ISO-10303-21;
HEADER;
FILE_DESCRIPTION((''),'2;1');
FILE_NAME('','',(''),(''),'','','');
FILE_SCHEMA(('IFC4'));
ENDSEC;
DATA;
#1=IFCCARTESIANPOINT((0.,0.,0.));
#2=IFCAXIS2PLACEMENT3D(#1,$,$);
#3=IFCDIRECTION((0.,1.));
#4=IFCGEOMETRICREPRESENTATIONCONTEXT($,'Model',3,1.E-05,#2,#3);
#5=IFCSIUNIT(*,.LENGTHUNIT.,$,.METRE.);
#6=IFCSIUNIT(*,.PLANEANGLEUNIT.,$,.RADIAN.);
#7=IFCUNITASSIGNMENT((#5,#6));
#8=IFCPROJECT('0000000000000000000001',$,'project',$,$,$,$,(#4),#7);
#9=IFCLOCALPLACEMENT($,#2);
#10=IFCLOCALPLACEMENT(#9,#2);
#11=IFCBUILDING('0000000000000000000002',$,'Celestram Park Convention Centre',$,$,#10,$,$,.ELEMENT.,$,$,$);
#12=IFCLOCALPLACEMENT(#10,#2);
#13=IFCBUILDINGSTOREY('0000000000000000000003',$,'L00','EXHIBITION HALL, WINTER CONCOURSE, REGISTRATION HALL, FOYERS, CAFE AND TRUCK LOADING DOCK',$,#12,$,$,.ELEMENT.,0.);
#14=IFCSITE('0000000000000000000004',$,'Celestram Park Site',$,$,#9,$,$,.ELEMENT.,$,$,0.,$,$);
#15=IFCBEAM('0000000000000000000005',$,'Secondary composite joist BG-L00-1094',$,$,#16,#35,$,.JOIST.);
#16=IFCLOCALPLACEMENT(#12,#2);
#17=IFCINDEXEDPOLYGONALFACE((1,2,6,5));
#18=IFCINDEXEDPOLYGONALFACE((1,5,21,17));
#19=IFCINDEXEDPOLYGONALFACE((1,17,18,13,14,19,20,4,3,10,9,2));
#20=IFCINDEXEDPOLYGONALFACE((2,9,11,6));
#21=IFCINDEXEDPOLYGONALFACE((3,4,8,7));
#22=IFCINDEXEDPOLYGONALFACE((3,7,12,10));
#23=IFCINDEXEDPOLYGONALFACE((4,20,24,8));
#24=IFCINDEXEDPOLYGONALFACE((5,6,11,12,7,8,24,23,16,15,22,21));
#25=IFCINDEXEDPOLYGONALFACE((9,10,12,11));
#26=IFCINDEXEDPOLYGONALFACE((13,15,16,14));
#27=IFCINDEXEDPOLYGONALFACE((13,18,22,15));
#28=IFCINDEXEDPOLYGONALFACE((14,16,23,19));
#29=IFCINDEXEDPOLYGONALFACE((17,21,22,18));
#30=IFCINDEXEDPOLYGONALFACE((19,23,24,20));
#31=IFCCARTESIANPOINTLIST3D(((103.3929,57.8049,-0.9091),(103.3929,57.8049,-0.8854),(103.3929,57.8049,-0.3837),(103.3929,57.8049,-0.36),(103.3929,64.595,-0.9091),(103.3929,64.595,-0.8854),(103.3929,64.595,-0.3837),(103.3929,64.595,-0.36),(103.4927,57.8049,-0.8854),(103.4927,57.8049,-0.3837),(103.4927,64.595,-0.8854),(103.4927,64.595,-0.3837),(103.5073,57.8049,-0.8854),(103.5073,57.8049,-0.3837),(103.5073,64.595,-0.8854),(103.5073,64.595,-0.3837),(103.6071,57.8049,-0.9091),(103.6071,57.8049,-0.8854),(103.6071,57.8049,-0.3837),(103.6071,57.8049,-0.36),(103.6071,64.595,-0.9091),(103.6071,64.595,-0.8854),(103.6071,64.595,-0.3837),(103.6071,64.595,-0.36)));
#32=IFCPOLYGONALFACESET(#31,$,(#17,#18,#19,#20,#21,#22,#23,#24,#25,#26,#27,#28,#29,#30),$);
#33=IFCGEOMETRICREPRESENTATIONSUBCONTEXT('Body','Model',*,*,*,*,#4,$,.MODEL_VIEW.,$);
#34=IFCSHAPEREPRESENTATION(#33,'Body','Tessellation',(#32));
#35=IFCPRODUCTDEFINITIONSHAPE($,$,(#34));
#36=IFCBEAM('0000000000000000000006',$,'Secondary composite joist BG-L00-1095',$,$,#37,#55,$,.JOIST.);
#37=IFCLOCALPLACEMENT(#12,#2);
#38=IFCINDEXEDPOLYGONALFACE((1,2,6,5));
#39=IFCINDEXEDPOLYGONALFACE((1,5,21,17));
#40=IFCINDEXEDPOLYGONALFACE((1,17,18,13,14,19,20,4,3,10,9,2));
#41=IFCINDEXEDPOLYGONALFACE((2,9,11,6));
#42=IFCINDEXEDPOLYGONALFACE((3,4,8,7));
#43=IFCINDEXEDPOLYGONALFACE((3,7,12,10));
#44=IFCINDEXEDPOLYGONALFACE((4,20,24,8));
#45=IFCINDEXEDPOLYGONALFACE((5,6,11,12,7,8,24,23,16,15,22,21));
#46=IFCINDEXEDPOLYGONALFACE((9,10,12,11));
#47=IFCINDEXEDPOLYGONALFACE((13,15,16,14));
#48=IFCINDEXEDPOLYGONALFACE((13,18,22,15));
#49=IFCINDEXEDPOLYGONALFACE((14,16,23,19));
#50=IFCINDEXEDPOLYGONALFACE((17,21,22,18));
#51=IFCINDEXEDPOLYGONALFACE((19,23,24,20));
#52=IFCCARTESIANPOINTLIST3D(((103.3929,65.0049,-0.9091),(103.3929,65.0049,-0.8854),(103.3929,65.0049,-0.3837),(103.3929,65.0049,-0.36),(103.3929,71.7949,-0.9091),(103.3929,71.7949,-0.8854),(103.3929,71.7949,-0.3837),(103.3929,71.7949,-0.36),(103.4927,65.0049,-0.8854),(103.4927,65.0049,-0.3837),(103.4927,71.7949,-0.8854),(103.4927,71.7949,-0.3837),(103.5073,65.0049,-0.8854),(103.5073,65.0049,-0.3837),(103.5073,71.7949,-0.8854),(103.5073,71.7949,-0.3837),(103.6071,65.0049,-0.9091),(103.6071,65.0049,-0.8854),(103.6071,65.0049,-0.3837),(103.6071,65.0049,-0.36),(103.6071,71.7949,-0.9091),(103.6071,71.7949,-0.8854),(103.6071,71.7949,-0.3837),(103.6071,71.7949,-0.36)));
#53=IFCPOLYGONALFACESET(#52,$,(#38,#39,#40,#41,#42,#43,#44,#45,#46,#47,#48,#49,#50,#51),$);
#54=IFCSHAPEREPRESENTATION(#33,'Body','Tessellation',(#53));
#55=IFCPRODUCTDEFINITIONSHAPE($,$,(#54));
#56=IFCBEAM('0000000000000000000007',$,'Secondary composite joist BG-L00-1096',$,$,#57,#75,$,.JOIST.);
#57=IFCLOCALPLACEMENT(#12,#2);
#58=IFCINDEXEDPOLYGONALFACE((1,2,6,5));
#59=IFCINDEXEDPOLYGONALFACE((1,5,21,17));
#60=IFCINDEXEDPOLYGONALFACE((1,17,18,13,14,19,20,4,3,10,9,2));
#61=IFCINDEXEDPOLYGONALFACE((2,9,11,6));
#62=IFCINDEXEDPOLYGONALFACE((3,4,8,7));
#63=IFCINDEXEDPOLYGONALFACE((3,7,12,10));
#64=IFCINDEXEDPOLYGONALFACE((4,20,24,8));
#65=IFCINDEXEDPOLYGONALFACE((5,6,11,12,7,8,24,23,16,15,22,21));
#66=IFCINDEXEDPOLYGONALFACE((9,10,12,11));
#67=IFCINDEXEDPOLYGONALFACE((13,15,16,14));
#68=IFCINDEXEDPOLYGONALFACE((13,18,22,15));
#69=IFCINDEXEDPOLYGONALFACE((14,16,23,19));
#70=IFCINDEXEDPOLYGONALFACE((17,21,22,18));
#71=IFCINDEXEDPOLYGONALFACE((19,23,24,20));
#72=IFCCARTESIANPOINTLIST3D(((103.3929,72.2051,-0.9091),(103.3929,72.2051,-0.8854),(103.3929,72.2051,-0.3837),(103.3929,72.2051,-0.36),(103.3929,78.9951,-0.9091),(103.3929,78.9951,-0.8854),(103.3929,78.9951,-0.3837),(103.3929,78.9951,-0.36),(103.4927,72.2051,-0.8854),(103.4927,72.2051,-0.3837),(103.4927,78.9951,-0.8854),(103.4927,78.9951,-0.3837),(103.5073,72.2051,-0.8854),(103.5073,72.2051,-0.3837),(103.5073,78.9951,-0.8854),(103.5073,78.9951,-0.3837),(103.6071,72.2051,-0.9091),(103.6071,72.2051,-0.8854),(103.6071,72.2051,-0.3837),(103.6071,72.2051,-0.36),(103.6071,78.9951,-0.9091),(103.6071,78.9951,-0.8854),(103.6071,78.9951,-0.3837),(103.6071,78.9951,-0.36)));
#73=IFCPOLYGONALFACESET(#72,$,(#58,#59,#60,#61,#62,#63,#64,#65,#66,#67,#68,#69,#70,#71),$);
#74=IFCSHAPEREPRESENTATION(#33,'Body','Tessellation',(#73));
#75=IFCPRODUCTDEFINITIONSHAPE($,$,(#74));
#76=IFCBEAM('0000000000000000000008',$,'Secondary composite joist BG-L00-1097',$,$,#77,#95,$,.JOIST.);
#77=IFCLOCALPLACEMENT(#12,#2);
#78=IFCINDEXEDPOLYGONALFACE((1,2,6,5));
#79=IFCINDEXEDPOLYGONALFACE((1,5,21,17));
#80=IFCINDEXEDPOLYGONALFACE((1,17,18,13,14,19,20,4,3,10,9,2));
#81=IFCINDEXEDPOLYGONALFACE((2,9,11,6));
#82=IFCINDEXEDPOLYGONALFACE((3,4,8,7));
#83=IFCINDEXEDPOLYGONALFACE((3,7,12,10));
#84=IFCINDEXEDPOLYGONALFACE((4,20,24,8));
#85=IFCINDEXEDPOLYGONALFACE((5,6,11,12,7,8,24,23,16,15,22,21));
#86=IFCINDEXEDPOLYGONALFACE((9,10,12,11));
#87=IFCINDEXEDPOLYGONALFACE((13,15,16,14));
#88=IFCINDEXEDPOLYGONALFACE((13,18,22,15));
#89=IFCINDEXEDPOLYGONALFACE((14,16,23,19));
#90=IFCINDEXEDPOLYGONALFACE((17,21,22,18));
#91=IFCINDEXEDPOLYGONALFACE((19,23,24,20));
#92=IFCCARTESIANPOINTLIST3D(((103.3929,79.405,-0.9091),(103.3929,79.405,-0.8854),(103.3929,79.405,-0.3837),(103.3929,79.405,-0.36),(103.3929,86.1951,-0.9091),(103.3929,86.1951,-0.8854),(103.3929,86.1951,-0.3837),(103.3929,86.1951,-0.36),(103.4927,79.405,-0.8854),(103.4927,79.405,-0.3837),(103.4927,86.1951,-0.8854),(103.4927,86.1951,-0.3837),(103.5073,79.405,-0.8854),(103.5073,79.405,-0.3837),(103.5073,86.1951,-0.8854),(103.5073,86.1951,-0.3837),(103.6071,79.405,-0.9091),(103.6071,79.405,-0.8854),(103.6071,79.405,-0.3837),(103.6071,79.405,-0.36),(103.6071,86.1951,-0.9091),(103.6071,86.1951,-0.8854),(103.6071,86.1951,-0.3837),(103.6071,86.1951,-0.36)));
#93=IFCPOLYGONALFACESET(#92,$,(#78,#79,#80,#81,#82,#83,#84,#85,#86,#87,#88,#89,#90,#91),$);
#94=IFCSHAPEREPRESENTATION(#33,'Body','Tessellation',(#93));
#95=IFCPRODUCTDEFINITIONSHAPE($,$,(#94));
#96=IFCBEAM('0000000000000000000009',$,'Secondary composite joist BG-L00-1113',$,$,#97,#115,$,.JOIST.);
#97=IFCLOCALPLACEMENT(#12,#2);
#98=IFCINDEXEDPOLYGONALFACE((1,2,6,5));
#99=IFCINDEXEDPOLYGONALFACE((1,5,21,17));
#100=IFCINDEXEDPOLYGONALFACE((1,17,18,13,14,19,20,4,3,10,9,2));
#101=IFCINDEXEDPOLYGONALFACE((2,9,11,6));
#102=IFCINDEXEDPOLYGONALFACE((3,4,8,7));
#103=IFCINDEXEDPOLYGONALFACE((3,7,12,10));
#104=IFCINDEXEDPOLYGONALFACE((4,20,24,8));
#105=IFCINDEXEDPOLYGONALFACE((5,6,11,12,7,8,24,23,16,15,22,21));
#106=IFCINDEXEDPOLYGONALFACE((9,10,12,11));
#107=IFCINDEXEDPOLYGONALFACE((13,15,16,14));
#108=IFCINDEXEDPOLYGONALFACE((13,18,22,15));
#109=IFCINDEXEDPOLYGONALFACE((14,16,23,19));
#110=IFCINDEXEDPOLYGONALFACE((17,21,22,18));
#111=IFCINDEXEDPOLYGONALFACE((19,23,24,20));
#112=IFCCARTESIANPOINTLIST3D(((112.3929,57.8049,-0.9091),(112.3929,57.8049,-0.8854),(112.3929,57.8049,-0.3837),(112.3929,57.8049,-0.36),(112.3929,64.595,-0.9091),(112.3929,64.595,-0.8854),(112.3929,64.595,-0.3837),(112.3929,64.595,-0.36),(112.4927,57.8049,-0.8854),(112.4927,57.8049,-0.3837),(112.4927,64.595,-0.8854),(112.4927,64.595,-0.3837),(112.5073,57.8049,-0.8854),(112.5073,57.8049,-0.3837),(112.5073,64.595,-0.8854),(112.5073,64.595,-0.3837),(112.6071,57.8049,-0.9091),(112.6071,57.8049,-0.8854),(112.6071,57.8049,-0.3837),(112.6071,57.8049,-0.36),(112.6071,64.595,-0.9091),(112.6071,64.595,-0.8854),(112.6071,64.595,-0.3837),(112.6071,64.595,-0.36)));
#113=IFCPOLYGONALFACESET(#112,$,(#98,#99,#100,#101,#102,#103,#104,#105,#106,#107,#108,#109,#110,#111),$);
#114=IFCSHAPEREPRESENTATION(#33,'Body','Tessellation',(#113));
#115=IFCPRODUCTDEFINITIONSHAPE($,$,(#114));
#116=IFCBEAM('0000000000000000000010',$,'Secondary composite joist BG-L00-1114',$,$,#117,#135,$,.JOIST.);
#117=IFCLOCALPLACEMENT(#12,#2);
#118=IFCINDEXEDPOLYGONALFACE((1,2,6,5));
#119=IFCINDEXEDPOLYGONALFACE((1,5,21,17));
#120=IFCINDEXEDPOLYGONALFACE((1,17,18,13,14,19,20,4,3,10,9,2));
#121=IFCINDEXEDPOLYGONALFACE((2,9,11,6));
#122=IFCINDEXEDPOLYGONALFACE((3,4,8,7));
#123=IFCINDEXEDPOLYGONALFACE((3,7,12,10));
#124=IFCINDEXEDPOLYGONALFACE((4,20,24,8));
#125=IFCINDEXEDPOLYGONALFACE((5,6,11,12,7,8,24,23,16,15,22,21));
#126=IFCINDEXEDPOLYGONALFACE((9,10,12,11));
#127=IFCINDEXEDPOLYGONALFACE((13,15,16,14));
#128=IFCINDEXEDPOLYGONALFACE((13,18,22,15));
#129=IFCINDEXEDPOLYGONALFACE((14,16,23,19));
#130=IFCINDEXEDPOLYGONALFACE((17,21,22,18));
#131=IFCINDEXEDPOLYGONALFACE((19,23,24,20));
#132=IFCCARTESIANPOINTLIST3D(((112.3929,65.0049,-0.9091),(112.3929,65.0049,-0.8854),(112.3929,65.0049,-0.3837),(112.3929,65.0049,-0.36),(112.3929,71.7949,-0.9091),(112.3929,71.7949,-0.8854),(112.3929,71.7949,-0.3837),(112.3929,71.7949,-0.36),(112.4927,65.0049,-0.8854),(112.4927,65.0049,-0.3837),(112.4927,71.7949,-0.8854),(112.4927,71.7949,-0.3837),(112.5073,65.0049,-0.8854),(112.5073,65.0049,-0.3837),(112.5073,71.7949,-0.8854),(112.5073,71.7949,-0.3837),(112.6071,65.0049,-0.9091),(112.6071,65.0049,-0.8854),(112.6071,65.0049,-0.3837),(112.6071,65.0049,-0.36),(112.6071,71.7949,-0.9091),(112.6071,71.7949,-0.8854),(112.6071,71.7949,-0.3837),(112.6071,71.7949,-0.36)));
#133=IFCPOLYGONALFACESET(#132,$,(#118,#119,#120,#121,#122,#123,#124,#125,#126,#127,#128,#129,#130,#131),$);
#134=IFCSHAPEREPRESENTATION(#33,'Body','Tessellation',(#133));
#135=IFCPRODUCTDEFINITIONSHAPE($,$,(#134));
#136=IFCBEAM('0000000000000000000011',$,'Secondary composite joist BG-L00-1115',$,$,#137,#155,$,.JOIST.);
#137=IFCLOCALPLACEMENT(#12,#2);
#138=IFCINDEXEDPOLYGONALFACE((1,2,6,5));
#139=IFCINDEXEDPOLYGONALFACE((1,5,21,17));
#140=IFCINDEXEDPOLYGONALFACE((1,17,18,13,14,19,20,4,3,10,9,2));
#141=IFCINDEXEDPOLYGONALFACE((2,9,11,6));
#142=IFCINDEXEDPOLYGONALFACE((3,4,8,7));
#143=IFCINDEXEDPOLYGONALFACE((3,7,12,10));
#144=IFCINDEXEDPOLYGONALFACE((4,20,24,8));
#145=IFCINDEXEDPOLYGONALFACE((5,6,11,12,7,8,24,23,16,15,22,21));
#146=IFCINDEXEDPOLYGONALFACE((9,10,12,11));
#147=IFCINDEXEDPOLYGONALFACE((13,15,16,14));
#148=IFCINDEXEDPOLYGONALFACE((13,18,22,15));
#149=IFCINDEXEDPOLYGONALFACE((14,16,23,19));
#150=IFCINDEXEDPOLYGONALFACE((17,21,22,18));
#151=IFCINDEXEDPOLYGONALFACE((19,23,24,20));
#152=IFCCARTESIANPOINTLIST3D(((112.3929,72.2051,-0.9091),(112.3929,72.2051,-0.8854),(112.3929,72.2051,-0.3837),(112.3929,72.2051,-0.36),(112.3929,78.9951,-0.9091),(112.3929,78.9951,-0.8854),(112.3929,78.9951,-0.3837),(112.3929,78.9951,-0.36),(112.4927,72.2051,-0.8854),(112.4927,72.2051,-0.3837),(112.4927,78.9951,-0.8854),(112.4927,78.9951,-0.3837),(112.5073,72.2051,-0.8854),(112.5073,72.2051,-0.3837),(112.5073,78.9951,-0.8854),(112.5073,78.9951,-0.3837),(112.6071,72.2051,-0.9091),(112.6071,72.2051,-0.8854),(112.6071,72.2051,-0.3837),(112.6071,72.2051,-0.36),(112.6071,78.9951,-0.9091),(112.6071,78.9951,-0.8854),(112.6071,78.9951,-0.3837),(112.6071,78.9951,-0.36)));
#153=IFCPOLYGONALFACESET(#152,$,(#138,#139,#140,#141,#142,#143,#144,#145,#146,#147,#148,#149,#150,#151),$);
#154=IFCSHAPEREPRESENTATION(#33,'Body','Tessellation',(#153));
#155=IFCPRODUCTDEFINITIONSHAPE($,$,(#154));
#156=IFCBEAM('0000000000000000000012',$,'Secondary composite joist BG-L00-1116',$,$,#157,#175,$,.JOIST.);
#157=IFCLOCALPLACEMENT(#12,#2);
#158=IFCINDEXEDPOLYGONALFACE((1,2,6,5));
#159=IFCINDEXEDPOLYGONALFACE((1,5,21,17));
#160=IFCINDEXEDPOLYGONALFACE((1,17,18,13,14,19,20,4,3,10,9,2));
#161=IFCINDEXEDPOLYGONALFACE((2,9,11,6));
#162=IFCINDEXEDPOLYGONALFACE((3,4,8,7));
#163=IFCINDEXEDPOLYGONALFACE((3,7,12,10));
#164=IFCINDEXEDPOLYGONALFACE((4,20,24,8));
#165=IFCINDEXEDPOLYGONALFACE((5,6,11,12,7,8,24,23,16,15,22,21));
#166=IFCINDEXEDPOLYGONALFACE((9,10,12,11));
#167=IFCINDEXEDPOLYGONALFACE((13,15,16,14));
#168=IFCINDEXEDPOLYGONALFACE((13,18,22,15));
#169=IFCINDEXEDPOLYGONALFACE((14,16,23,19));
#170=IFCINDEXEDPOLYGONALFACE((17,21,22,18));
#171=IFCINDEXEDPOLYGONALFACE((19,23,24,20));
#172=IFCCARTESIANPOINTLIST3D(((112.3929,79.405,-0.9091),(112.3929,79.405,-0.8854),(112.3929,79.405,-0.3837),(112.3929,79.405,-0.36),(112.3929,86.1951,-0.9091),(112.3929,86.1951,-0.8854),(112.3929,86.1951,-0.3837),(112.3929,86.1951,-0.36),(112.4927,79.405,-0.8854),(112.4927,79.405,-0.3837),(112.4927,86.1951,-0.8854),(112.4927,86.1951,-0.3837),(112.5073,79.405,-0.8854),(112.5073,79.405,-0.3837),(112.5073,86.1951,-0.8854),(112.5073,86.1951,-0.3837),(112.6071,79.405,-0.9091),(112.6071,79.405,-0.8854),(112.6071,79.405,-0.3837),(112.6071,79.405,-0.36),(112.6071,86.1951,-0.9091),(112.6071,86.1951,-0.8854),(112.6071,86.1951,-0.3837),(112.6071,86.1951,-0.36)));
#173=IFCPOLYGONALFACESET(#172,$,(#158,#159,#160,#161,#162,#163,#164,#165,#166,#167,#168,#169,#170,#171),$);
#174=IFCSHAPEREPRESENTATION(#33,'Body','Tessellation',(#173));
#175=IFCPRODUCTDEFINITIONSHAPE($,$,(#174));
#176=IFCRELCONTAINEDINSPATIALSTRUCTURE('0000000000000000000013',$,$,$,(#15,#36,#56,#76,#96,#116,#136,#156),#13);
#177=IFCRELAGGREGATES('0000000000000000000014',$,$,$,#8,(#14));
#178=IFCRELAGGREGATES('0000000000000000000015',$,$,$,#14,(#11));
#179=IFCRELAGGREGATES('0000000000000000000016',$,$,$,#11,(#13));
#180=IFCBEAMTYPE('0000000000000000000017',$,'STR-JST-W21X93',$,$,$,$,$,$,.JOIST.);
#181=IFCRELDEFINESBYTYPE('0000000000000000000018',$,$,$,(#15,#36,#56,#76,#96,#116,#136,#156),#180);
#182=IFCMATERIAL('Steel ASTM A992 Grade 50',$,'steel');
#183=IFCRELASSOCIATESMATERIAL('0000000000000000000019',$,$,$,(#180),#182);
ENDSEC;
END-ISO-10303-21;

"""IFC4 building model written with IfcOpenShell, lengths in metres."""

from ifc_helpers import new_model, si_unit, direction, frame, origin, origin_2d, place, context, subcontext, project, spatial, i_section, extrude, material, material_profile, profile_set, type_object, element, save


model = new_model("IFC4")

# Units and contexts
model_context = context("Model", 3, precision=1e-05, world=origin(), true_north=direction((0.0, 1.0)))
body_context = subcontext(model_context, "Body", "Model", "MODEL_VIEW")
ifc_project = project(units=[si_unit("LENGTHUNIT", "METRE"), si_unit("PLANEANGLEUNIT", "RADIAN")], contexts=[model_context])

# Site, building, storey
site_placement = place(None, origin())
site = spatial("IfcSite", under=ifc_project, at=site_placement, Name="Celestram Park Site", CompositionType="ELEMENT", RefElevation=0.0)
building_placement = place(site_placement, origin())
building = spatial("IfcBuilding", under=site, at=building_placement, Name="Celestram Park Convention Centre", CompositionType="ELEMENT")
storey_placement = place(building_placement, origin())
storey = spatial("IfcBuildingStorey", under=building, at=storey_placement, Name="L00", Description="EXHIBITION HALL, WINTER CONCOURSE, REGISTRATION HALL, FOYERS, CAFE AND TRUCK LOADING DOCK", CompositionType="ELEMENT", Elevation=0.0)

# Beams
ifc_material = material(Name="Steel ASTM A992 Grade 50", Category="steel")
ifc_material_profile_1 = material_profile(ifc_material, i_section(OverallWidth=0.2141, OverallDepth=0.5491, WebThickness=0.0146, FlangeThickness=0.0237, at=origin_2d()), Name="W21X93")
ifc_profile_set_1 = profile_set([ifc_material_profile_1], Name="Steel ASTM A992 Grade 50")
beam_type_1 = type_object("IfcBeamType", Name="STR-JST-W21X93", PredefinedType="JOIST", material=ifc_profile_set_1)
for number, where, z_axis, x_axis, name in (
    (1, (103.5, 57.8049, -0.6345), (0.0, 1.0, 0.0), (-1.0, 0.0, 0.0), "Secondary composite joist BG-L00-1094"),
    (2, (103.5, 65.0049, -0.6345), (0.0, 1.0, 0.0), (-1.0, 0.0, 0.0), "Secondary composite joist BG-L00-1095"),
    (3, (103.5, 72.2051, -0.6345), (0.0, 1.0, 0.0), (-1.0, 0.0, 0.0), "Secondary composite joist BG-L00-1096"),
    (4, (103.5, 79.405, -0.6345), (0.0, 1.0, 0.0), (-1.0, 0.0, 0.0), "Secondary composite joist BG-L00-1097"),
    (5, (112.5, 57.8049, -0.6345), (0.0, 1.0, 0.0), (-1.0, 0.0, 0.0), "Secondary composite joist BG-L00-1113"),
    (6, (112.5, 65.0049, -0.6345), (0.0, 1.0, 0.0), (-1.0, 0.0, 0.0), "Secondary composite joist BG-L00-1114"),
    (7, (112.5, 72.2051, -0.6345), (0.0, 1.0, 0.0), (-1.0, 0.0, 0.0), "Secondary composite joist BG-L00-1115"),
    (8, (112.5, 79.405, -0.6345), (0.0, 1.0, 0.0), (-1.0, 0.0, 0.0), "Secondary composite joist BG-L00-1116"),
):
    element("IfcBeam", number, at=place(storey_placement, frame(where, z_axis=z_axis, x_axis=x_axis)), inside=storey, type_object=beam_type_1, Name=name, PredefinedType="JOIST", context=body_context, shape_type="SweptSolid", body=[
        extrude(i_section(OverallWidth=0.2141, OverallDepth=0.5491, WebThickness=0.0146, FlangeThickness=0.0237, at=origin_2d()), origin(), (0.0, 0.0, 1.0), 6.79),
    ])

save(model, "model.ifc")
